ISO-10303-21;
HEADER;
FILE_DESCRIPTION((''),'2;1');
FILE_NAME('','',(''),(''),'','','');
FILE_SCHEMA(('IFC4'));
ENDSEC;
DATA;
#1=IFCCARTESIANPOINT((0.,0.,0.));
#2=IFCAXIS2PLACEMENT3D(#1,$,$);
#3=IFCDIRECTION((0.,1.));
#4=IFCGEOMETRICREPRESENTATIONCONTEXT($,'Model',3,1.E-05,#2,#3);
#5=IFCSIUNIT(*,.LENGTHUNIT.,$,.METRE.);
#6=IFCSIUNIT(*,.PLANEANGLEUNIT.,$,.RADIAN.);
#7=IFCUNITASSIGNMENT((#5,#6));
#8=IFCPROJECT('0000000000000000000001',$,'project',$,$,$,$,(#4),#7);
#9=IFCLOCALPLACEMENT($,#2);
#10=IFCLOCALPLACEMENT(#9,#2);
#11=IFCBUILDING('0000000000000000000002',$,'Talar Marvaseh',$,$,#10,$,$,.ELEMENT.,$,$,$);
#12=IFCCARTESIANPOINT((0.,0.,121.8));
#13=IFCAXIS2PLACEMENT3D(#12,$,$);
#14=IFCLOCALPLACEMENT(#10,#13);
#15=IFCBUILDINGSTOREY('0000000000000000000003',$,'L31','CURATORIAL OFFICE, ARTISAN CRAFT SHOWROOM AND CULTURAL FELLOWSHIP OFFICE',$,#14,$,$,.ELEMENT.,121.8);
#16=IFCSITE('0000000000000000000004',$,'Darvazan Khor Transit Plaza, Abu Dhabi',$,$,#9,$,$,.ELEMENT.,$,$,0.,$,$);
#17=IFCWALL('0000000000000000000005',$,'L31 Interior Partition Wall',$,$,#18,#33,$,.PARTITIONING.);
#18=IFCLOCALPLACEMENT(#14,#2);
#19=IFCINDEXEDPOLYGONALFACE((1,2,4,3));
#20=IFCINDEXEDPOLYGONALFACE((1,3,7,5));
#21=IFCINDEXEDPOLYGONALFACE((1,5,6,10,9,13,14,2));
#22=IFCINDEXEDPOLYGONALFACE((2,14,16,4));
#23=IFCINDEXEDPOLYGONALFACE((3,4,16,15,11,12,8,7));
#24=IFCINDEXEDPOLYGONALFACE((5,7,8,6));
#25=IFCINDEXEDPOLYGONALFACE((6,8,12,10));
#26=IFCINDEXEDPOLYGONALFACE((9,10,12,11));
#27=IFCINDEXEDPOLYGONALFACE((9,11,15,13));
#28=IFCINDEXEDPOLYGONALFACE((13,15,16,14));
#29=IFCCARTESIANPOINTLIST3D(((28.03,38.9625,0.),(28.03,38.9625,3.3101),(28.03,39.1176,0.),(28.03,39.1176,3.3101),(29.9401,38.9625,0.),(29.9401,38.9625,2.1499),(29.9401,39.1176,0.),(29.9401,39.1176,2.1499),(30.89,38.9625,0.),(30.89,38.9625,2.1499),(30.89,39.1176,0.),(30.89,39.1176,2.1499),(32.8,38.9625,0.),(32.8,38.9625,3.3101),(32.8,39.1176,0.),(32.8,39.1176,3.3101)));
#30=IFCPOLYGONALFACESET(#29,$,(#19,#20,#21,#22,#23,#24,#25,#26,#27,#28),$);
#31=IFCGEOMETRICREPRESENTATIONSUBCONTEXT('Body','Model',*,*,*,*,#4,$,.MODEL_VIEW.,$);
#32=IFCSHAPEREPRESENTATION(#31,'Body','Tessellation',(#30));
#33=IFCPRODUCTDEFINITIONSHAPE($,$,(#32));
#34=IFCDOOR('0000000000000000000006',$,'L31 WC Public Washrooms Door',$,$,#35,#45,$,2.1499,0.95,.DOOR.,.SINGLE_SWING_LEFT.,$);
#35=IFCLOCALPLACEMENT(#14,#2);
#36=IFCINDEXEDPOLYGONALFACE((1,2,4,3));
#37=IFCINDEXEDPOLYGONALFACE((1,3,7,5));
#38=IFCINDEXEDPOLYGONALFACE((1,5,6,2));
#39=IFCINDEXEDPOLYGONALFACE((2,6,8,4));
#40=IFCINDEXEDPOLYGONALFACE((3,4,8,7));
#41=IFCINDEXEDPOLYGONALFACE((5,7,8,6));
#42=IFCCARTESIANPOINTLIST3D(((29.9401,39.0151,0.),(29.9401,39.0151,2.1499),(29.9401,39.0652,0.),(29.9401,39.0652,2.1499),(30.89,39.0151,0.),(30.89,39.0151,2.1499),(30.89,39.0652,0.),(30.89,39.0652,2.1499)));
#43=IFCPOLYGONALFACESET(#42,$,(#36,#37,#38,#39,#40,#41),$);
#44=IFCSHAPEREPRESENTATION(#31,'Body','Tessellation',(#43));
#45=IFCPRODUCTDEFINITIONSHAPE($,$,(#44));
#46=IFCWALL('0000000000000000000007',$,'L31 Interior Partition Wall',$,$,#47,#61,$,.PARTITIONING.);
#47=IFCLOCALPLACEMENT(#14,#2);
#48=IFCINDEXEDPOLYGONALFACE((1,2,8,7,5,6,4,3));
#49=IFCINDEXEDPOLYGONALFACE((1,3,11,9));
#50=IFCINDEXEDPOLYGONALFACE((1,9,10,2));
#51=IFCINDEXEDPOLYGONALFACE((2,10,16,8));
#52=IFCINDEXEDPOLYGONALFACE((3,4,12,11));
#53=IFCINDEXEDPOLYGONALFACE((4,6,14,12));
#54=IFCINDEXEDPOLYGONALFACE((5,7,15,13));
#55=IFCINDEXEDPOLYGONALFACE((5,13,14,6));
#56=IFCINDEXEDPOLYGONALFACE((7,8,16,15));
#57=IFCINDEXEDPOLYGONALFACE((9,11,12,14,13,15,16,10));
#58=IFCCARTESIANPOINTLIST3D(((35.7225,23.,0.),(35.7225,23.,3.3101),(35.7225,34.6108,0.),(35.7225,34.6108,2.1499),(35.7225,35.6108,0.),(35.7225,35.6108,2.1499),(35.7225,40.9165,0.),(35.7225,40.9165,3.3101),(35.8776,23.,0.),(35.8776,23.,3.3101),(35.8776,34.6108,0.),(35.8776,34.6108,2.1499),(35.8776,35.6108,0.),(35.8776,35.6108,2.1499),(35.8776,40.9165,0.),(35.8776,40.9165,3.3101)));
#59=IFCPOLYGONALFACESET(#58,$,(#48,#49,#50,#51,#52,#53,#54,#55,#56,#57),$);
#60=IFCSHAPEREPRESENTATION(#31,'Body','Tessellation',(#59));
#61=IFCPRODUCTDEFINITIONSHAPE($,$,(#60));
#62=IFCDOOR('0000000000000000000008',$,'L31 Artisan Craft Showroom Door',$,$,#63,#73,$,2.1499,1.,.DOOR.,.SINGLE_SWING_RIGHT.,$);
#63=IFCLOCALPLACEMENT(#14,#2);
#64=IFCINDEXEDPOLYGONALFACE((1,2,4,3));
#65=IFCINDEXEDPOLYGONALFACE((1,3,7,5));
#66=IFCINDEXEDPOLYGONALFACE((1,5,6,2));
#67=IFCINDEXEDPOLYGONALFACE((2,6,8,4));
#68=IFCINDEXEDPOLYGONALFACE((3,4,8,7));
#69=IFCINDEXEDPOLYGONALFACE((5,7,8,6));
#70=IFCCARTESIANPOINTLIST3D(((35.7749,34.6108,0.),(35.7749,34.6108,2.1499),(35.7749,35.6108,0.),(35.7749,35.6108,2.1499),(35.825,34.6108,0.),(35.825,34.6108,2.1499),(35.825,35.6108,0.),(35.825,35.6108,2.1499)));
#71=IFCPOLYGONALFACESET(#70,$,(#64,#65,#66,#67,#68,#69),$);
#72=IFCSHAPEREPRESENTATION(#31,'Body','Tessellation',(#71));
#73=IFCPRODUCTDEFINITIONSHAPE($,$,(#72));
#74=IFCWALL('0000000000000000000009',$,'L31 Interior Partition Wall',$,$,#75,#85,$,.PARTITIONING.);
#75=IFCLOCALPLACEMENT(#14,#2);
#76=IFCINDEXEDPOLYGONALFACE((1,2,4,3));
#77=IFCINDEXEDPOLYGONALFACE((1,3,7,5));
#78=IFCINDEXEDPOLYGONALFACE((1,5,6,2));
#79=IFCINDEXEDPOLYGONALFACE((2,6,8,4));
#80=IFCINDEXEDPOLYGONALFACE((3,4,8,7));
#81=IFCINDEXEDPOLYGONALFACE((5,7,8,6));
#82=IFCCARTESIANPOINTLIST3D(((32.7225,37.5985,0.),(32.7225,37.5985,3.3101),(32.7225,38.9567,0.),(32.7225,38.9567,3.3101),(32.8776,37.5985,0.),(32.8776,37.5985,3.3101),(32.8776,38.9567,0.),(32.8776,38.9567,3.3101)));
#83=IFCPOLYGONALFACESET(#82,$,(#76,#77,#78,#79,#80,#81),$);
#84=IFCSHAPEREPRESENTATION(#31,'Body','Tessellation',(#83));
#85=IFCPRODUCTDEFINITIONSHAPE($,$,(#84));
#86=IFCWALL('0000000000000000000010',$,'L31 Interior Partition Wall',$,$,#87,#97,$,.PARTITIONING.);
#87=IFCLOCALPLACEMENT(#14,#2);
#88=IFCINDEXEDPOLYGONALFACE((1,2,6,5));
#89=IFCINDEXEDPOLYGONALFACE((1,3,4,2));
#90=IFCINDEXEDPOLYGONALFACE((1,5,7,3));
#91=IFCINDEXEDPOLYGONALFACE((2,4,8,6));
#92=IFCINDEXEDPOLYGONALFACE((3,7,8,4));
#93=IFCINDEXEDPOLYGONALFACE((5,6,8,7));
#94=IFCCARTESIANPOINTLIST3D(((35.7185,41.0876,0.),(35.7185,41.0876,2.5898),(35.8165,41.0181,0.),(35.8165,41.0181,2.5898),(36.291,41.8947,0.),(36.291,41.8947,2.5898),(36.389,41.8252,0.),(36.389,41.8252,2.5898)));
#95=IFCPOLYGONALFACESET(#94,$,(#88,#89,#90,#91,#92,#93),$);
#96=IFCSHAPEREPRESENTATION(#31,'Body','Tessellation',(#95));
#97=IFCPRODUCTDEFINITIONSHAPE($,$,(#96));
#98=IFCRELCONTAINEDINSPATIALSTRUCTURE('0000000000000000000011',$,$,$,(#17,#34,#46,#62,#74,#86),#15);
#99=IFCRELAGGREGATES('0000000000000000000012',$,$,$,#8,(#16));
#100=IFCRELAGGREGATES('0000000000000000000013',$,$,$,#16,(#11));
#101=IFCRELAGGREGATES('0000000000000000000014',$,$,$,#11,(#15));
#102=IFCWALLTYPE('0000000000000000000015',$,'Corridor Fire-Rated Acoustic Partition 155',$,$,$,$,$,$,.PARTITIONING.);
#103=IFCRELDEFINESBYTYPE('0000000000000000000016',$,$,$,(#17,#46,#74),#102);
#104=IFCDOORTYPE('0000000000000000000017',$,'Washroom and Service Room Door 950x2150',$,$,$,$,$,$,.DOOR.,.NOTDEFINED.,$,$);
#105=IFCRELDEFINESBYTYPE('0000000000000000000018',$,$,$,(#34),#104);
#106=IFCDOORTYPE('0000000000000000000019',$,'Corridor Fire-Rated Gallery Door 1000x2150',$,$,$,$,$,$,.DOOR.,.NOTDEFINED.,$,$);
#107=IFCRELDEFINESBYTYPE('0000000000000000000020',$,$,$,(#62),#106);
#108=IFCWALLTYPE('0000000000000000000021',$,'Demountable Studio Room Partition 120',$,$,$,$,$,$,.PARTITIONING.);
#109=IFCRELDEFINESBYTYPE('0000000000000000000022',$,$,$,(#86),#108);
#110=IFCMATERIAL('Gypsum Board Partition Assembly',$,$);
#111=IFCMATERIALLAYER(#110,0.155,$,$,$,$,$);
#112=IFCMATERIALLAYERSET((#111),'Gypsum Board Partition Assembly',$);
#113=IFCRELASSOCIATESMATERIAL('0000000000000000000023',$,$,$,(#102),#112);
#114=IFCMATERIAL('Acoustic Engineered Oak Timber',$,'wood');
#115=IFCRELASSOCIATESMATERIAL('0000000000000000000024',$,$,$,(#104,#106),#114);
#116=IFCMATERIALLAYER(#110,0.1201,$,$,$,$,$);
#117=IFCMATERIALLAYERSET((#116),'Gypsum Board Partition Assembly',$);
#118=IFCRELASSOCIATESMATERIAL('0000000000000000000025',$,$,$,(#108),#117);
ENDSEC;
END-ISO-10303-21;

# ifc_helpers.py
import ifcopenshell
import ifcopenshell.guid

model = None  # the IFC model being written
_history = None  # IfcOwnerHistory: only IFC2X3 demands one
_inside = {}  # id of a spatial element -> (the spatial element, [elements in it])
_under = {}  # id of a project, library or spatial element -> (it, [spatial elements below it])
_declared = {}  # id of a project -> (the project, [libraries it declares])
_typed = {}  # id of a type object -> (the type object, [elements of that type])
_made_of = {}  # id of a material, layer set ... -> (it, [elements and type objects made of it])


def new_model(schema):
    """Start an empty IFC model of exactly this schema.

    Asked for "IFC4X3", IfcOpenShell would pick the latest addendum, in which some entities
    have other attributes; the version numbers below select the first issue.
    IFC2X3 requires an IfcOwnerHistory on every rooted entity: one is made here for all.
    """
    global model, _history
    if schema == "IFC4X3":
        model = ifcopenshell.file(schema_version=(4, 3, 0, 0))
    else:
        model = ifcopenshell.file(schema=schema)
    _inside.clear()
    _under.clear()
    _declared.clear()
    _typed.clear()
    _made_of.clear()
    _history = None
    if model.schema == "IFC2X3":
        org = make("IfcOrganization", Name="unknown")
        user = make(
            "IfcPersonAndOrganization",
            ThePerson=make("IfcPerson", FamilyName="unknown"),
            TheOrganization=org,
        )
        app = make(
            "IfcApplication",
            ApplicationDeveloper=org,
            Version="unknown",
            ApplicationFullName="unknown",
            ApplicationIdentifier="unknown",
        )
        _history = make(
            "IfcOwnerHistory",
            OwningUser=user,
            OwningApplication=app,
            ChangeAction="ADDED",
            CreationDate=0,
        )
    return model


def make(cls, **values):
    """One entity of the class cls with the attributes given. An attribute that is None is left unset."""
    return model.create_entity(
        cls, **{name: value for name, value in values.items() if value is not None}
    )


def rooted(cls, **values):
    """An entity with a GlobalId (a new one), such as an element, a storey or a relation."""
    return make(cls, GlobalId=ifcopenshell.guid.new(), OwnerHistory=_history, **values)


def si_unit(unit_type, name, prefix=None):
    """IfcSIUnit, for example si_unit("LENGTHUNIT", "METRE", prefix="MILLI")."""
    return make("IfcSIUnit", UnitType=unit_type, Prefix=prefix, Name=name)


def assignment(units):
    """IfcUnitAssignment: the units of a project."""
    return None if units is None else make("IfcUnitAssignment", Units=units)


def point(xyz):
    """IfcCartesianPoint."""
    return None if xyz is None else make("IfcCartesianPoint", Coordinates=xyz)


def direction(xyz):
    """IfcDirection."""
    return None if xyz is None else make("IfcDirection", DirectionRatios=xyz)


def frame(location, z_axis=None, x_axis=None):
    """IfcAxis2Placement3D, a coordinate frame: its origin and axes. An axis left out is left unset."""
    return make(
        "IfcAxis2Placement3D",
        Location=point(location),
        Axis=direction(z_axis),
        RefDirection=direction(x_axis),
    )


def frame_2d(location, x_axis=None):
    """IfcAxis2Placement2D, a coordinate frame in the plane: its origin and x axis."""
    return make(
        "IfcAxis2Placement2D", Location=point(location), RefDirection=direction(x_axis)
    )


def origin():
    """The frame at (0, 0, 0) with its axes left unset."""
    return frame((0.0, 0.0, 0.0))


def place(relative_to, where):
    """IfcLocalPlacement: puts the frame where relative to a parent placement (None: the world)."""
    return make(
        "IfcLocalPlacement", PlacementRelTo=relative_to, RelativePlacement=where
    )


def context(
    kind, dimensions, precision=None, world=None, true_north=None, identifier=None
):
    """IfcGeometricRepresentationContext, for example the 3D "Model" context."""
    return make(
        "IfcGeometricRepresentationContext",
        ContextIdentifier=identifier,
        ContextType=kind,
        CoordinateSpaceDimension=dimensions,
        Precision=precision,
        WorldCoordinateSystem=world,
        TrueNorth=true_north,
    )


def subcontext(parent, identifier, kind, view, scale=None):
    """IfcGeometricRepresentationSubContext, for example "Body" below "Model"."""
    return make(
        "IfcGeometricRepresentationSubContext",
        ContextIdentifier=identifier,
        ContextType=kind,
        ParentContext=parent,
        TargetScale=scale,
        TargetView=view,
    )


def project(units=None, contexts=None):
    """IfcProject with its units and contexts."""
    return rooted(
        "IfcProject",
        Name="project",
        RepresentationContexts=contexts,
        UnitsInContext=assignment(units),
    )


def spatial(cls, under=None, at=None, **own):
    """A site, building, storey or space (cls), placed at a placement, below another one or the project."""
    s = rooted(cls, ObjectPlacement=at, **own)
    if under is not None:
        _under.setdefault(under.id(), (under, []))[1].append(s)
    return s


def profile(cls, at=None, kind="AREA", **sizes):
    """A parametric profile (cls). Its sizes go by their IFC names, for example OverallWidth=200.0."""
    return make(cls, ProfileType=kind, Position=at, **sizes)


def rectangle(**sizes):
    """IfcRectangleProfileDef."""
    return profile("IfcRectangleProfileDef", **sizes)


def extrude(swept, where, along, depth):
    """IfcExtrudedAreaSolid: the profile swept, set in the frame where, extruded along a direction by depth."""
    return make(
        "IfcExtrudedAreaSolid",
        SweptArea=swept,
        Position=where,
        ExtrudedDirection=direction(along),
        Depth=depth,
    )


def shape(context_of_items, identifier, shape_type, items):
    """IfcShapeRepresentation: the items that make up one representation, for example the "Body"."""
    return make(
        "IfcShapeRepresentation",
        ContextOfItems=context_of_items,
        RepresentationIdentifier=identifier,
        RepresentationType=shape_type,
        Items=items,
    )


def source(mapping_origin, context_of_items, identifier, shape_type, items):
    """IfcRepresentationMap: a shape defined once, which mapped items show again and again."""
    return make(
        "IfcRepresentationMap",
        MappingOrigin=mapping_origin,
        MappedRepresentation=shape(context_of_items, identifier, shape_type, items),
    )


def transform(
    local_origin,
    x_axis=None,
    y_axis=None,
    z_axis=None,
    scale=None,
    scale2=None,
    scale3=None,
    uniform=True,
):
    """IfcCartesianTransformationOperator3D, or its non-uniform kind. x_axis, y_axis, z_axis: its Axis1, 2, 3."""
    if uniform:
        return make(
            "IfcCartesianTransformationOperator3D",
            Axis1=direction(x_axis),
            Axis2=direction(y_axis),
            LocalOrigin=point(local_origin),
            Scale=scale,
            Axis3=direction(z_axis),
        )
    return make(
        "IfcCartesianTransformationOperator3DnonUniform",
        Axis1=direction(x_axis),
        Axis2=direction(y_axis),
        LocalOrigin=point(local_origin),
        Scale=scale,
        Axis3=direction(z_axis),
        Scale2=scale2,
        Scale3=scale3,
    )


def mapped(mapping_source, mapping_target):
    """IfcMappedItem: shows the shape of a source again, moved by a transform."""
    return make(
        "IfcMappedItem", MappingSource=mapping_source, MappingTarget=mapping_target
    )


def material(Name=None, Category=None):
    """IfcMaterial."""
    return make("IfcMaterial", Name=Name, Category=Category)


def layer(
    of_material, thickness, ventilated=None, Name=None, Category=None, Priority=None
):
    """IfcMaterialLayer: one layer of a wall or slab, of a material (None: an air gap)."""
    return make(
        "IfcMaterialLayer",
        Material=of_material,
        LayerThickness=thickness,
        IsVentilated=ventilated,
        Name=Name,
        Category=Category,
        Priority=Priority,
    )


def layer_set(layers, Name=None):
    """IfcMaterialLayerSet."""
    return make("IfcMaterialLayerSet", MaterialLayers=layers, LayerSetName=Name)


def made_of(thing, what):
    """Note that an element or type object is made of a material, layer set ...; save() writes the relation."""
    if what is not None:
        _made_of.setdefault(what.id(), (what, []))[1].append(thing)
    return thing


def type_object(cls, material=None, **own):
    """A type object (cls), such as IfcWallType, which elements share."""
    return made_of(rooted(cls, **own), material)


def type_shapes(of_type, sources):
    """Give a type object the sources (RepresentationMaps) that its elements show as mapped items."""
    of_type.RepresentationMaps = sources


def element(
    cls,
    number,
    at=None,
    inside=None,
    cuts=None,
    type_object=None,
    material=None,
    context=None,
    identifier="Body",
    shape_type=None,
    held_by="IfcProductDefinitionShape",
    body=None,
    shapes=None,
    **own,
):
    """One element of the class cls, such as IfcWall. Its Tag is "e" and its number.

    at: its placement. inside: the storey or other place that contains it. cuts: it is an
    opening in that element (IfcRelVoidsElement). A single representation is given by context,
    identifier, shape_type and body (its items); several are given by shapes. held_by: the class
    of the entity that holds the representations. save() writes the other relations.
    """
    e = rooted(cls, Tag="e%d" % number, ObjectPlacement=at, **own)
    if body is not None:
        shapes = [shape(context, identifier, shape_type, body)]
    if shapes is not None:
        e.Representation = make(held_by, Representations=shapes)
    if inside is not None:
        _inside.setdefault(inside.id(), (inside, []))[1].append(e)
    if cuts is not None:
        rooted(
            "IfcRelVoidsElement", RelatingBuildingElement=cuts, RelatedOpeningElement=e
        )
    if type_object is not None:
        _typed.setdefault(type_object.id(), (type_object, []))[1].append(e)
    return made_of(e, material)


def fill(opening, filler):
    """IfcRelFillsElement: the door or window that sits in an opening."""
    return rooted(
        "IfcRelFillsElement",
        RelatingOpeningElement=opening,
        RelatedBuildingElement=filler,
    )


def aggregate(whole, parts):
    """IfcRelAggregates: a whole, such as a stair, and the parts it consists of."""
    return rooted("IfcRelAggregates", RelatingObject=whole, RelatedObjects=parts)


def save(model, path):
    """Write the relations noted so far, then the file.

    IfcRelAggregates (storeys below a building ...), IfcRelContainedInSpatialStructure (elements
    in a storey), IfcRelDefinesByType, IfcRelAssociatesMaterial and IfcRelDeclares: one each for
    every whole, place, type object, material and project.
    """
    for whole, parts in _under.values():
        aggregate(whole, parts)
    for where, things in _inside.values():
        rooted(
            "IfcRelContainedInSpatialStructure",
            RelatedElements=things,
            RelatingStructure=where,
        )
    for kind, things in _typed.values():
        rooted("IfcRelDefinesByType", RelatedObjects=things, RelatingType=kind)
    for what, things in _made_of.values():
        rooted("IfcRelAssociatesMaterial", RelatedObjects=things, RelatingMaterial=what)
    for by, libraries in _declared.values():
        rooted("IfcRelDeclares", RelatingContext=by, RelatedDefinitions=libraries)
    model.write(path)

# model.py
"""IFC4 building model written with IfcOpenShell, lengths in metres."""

from ifc_helpers import new_model, si_unit, direction, frame, frame_2d, origin, place, context, subcontext, project, spatial, rectangle, extrude, source, transform, mapped, material, layer, layer_set, type_object, type_shapes, element, fill, save


model = new_model("IFC4")

# Units and contexts
model_context = context("Model", 3, precision=1e-05, world=origin(), true_north=direction((0.0, 1.0)))
body_context = subcontext(model_context, "Body", "Model", "MODEL_VIEW")
ifc_project = project(units=[si_unit("LENGTHUNIT", "METRE"), si_unit("PLANEANGLEUNIT", "RADIAN")], contexts=[model_context])

# Site, building, storey
site_placement = place(None, origin())
site = spatial("IfcSite", under=ifc_project, at=site_placement, Name="Darvazan Khor Transit Plaza, Abu Dhabi", CompositionType="ELEMENT", RefElevation=0.0)
building_placement = place(site_placement, origin())
building = spatial("IfcBuilding", under=site, at=building_placement, Name="Talar Marvaseh", CompositionType="ELEMENT")
storey_placement = place(building_placement, frame((0.0, 0.0, 121.8)))
storey = spatial("IfcBuildingStorey", under=building, at=storey_placement, Name="L31", Description="CURATORIAL OFFICE, ARTISAN CRAFT SHOWROOM AND CULTURAL FELLOWSHIP OFFICE", CompositionType="ELEMENT", Elevation=121.8)

# Walls, openings, doors
ifc_material_1 = material(Name="Gypsum Board Partition Assembly")
ifc_layer_1 = layer(ifc_material_1, 0.155)
ifc_layer_set_1 = layer_set([ifc_layer_1], Name="Gypsum Board Partition Assembly")
wall_type_1 = type_object("IfcWallType", Name="Corridor Fire-Rated Acoustic Partition 155", PredefinedType="PARTITIONING", material=ifc_layer_set_1)
wall_1_placement = place(storey_placement, frame((32.8, 39.04, 0.0), z_axis=(0.0, 0.0, 1.0), x_axis=(-1.0, 0.0, 0.0)))
wall_1 = element("IfcWall", 1, at=wall_1_placement, inside=storey, type_object=wall_type_1, Name="L31 Interior Partition Wall", PredefinedType="PARTITIONING", context=body_context, shape_type="SweptSolid", body=[
    extrude(rectangle(XDim=4.77, YDim=0.155, at=frame_2d((2.385, 0.0))), origin(), (0.0, 0.0, 1.0), 3.3101),
])
opening_1_placement = place(wall_1_placement, frame((1.9099, 0.0, 0.0)))
opening_1 = element("IfcOpeningElement", 2, at=opening_1_placement, cuts=wall_1, PredefinedType="OPENING", context=body_context, shape_type="SweptSolid", body=[
    extrude(rectangle(XDim=0.95, YDim=2.1499, at=frame_2d((0.4751, 1.075))), frame((0.0, 0.0874, 0.0), z_axis=(0.0, -1.0, 0.0), x_axis=(1.0, 0.0, 0.0)), (0.0, 0.0, 1.0), 0.175),
])
ifc_material_2 = material(Name="Acoustic Engineered Oak Timber", Category="wood")
door_type_1 = type_object("IfcDoorType", Name="Washroom and Service Room Door 950x2150", OperationType="NOTDEFINED", PredefinedType="DOOR", material=ifc_material_2)
shared_shape_1 = source(origin(), body_context, "Body", "SweptSolid", [
    extrude(rectangle(XDim=0.95, YDim=2.1499, at=frame_2d((0.4751, 1.075))), frame((0.0, 0.0249, 0.0), z_axis=(0.0, -1.0, 0.0), x_axis=(1.0, 0.0, 0.0)), (0.0, 0.0, 1.0), 0.05),
])
type_shapes(door_type_1, [shared_shape_1])
door_1_placement = place(opening_1_placement, origin())
door_1 = element("IfcDoor", 3, at=door_1_placement, inside=storey, type_object=door_type_1, Name="L31 WC Public Washrooms Door", OperationType="SINGLE_SWING_LEFT", OverallHeight=2.1499, OverallWidth=0.95, PredefinedType="DOOR", context=body_context, shape_type="MappedRepresentation", body=[
    mapped(shared_shape_1, transform((0.0, 0.0, 0.0), x_axis=(1.0, 0.0, 0.0), y_axis=(0.0, 1.0, 0.0), z_axis=(0.0, 0.0, 1.0), scale=1.0)),
])
fill(opening_1, door_1)
wall_2_placement = place(storey_placement, frame((35.8, 40.9165, 0.0), z_axis=(0.0, 0.0, 1.0), x_axis=(0.0, -1.0, 0.0)))
wall_2 = element("IfcWall", 4, at=wall_2_placement, inside=storey, type_object=wall_type_1, Name="L31 Interior Partition Wall", PredefinedType="PARTITIONING", context=body_context, shape_type="SweptSolid", body=[
    extrude(rectangle(XDim=17.9165, YDim=0.155, at=frame_2d((8.9583, 0.0))), origin(), (0.0, 0.0, 1.0), 3.3101),
])
opening_2_placement = place(wall_2_placement, frame((5.3057, 0.0, 0.0)))
opening_2 = element("IfcOpeningElement", 5, at=opening_2_placement, cuts=wall_2, PredefinedType="OPENING", context=body_context, shape_type="SweptSolid", body=[
    extrude(rectangle(XDim=1.0, YDim=2.1499, at=frame_2d((0.5, 1.075))), frame((0.0, 0.0874, 0.0), z_axis=(0.0, -1.0, 0.0), x_axis=(1.0, 0.0, 0.0)), (0.0, 0.0, 1.0), 0.175),
])
door_type_2 = type_object("IfcDoorType", Name="Corridor Fire-Rated Gallery Door 1000x2150", OperationType="NOTDEFINED", PredefinedType="DOOR", material=ifc_material_2)
shared_shape_2 = source(origin(), body_context, "Body", "SweptSolid", [
    extrude(rectangle(XDim=1.0, YDim=2.1499, at=frame_2d((0.5, 1.075))), frame((0.0, 0.0249, 0.0), z_axis=(0.0, -1.0, 0.0), x_axis=(1.0, 0.0, 0.0)), (0.0, 0.0, 1.0), 0.05),
])
type_shapes(door_type_2, [shared_shape_2])
door_2_placement = place(opening_2_placement, origin())
door_2 = element("IfcDoor", 6, at=door_2_placement, inside=storey, type_object=door_type_2, Name="L31 Artisan Craft Showroom Door", OperationType="SINGLE_SWING_RIGHT", OverallHeight=2.1499, OverallWidth=1.0, PredefinedType="DOOR", context=body_context, shape_type="MappedRepresentation", body=[
    mapped(shared_shape_2, transform((0.0, 0.0, 0.0), x_axis=(1.0, 0.0, 0.0), y_axis=(0.0, 1.0, 0.0), z_axis=(0.0, 0.0, 1.0), scale=1.0)),
])
fill(opening_2, door_2)

# Walls
wall_3_placement = place(storey_placement, frame((32.8, 37.5984, 0.0), z_axis=(0.0, 0.0, 1.0), x_axis=(0.0, 1.0, 0.0)))
element("IfcWall", 7, at=wall_3_placement, inside=storey, type_object=wall_type_1, Name="L31 Interior Partition Wall", PredefinedType="PARTITIONING", context=body_context, shape_type="SweptSolid", body=[
    extrude(rectangle(XDim=1.3582, YDim=0.155, at=frame_2d((0.6792, 0.0))), origin(), (0.0, 0.0, 1.0), 3.3101),
])
ifc_layer_2 = layer(ifc_material_1, 0.1201)
ifc_layer_set_2 = layer_set([ifc_layer_2], Name="Gypsum Board Partition Assembly")
wall_type_2 = type_object("IfcWallType", Name="Demountable Studio Room Partition 120", PredefinedType="PARTITIONING", material=ifc_layer_set_2)
wall_4_placement = place(storey_placement, frame((35.7676, 41.053, 0.0), z_axis=(0.0, 0.0, 1.0), x_axis=(0.578551, 0.815646, 0.0)))
element("IfcWall", 8, at=wall_4_placement, inside=storey, type_object=wall_type_2, Name="L31 Interior Partition Wall", PredefinedType="PARTITIONING", context=body_context, shape_type="SweptSolid", body=[
    extrude(rectangle(XDim=0.9895, YDim=0.1201, at=frame_2d((0.4946, 0.0))), origin(), (0.0, 0.0, 1.0), 2.5898),
])

save(model, "model.ifc")
